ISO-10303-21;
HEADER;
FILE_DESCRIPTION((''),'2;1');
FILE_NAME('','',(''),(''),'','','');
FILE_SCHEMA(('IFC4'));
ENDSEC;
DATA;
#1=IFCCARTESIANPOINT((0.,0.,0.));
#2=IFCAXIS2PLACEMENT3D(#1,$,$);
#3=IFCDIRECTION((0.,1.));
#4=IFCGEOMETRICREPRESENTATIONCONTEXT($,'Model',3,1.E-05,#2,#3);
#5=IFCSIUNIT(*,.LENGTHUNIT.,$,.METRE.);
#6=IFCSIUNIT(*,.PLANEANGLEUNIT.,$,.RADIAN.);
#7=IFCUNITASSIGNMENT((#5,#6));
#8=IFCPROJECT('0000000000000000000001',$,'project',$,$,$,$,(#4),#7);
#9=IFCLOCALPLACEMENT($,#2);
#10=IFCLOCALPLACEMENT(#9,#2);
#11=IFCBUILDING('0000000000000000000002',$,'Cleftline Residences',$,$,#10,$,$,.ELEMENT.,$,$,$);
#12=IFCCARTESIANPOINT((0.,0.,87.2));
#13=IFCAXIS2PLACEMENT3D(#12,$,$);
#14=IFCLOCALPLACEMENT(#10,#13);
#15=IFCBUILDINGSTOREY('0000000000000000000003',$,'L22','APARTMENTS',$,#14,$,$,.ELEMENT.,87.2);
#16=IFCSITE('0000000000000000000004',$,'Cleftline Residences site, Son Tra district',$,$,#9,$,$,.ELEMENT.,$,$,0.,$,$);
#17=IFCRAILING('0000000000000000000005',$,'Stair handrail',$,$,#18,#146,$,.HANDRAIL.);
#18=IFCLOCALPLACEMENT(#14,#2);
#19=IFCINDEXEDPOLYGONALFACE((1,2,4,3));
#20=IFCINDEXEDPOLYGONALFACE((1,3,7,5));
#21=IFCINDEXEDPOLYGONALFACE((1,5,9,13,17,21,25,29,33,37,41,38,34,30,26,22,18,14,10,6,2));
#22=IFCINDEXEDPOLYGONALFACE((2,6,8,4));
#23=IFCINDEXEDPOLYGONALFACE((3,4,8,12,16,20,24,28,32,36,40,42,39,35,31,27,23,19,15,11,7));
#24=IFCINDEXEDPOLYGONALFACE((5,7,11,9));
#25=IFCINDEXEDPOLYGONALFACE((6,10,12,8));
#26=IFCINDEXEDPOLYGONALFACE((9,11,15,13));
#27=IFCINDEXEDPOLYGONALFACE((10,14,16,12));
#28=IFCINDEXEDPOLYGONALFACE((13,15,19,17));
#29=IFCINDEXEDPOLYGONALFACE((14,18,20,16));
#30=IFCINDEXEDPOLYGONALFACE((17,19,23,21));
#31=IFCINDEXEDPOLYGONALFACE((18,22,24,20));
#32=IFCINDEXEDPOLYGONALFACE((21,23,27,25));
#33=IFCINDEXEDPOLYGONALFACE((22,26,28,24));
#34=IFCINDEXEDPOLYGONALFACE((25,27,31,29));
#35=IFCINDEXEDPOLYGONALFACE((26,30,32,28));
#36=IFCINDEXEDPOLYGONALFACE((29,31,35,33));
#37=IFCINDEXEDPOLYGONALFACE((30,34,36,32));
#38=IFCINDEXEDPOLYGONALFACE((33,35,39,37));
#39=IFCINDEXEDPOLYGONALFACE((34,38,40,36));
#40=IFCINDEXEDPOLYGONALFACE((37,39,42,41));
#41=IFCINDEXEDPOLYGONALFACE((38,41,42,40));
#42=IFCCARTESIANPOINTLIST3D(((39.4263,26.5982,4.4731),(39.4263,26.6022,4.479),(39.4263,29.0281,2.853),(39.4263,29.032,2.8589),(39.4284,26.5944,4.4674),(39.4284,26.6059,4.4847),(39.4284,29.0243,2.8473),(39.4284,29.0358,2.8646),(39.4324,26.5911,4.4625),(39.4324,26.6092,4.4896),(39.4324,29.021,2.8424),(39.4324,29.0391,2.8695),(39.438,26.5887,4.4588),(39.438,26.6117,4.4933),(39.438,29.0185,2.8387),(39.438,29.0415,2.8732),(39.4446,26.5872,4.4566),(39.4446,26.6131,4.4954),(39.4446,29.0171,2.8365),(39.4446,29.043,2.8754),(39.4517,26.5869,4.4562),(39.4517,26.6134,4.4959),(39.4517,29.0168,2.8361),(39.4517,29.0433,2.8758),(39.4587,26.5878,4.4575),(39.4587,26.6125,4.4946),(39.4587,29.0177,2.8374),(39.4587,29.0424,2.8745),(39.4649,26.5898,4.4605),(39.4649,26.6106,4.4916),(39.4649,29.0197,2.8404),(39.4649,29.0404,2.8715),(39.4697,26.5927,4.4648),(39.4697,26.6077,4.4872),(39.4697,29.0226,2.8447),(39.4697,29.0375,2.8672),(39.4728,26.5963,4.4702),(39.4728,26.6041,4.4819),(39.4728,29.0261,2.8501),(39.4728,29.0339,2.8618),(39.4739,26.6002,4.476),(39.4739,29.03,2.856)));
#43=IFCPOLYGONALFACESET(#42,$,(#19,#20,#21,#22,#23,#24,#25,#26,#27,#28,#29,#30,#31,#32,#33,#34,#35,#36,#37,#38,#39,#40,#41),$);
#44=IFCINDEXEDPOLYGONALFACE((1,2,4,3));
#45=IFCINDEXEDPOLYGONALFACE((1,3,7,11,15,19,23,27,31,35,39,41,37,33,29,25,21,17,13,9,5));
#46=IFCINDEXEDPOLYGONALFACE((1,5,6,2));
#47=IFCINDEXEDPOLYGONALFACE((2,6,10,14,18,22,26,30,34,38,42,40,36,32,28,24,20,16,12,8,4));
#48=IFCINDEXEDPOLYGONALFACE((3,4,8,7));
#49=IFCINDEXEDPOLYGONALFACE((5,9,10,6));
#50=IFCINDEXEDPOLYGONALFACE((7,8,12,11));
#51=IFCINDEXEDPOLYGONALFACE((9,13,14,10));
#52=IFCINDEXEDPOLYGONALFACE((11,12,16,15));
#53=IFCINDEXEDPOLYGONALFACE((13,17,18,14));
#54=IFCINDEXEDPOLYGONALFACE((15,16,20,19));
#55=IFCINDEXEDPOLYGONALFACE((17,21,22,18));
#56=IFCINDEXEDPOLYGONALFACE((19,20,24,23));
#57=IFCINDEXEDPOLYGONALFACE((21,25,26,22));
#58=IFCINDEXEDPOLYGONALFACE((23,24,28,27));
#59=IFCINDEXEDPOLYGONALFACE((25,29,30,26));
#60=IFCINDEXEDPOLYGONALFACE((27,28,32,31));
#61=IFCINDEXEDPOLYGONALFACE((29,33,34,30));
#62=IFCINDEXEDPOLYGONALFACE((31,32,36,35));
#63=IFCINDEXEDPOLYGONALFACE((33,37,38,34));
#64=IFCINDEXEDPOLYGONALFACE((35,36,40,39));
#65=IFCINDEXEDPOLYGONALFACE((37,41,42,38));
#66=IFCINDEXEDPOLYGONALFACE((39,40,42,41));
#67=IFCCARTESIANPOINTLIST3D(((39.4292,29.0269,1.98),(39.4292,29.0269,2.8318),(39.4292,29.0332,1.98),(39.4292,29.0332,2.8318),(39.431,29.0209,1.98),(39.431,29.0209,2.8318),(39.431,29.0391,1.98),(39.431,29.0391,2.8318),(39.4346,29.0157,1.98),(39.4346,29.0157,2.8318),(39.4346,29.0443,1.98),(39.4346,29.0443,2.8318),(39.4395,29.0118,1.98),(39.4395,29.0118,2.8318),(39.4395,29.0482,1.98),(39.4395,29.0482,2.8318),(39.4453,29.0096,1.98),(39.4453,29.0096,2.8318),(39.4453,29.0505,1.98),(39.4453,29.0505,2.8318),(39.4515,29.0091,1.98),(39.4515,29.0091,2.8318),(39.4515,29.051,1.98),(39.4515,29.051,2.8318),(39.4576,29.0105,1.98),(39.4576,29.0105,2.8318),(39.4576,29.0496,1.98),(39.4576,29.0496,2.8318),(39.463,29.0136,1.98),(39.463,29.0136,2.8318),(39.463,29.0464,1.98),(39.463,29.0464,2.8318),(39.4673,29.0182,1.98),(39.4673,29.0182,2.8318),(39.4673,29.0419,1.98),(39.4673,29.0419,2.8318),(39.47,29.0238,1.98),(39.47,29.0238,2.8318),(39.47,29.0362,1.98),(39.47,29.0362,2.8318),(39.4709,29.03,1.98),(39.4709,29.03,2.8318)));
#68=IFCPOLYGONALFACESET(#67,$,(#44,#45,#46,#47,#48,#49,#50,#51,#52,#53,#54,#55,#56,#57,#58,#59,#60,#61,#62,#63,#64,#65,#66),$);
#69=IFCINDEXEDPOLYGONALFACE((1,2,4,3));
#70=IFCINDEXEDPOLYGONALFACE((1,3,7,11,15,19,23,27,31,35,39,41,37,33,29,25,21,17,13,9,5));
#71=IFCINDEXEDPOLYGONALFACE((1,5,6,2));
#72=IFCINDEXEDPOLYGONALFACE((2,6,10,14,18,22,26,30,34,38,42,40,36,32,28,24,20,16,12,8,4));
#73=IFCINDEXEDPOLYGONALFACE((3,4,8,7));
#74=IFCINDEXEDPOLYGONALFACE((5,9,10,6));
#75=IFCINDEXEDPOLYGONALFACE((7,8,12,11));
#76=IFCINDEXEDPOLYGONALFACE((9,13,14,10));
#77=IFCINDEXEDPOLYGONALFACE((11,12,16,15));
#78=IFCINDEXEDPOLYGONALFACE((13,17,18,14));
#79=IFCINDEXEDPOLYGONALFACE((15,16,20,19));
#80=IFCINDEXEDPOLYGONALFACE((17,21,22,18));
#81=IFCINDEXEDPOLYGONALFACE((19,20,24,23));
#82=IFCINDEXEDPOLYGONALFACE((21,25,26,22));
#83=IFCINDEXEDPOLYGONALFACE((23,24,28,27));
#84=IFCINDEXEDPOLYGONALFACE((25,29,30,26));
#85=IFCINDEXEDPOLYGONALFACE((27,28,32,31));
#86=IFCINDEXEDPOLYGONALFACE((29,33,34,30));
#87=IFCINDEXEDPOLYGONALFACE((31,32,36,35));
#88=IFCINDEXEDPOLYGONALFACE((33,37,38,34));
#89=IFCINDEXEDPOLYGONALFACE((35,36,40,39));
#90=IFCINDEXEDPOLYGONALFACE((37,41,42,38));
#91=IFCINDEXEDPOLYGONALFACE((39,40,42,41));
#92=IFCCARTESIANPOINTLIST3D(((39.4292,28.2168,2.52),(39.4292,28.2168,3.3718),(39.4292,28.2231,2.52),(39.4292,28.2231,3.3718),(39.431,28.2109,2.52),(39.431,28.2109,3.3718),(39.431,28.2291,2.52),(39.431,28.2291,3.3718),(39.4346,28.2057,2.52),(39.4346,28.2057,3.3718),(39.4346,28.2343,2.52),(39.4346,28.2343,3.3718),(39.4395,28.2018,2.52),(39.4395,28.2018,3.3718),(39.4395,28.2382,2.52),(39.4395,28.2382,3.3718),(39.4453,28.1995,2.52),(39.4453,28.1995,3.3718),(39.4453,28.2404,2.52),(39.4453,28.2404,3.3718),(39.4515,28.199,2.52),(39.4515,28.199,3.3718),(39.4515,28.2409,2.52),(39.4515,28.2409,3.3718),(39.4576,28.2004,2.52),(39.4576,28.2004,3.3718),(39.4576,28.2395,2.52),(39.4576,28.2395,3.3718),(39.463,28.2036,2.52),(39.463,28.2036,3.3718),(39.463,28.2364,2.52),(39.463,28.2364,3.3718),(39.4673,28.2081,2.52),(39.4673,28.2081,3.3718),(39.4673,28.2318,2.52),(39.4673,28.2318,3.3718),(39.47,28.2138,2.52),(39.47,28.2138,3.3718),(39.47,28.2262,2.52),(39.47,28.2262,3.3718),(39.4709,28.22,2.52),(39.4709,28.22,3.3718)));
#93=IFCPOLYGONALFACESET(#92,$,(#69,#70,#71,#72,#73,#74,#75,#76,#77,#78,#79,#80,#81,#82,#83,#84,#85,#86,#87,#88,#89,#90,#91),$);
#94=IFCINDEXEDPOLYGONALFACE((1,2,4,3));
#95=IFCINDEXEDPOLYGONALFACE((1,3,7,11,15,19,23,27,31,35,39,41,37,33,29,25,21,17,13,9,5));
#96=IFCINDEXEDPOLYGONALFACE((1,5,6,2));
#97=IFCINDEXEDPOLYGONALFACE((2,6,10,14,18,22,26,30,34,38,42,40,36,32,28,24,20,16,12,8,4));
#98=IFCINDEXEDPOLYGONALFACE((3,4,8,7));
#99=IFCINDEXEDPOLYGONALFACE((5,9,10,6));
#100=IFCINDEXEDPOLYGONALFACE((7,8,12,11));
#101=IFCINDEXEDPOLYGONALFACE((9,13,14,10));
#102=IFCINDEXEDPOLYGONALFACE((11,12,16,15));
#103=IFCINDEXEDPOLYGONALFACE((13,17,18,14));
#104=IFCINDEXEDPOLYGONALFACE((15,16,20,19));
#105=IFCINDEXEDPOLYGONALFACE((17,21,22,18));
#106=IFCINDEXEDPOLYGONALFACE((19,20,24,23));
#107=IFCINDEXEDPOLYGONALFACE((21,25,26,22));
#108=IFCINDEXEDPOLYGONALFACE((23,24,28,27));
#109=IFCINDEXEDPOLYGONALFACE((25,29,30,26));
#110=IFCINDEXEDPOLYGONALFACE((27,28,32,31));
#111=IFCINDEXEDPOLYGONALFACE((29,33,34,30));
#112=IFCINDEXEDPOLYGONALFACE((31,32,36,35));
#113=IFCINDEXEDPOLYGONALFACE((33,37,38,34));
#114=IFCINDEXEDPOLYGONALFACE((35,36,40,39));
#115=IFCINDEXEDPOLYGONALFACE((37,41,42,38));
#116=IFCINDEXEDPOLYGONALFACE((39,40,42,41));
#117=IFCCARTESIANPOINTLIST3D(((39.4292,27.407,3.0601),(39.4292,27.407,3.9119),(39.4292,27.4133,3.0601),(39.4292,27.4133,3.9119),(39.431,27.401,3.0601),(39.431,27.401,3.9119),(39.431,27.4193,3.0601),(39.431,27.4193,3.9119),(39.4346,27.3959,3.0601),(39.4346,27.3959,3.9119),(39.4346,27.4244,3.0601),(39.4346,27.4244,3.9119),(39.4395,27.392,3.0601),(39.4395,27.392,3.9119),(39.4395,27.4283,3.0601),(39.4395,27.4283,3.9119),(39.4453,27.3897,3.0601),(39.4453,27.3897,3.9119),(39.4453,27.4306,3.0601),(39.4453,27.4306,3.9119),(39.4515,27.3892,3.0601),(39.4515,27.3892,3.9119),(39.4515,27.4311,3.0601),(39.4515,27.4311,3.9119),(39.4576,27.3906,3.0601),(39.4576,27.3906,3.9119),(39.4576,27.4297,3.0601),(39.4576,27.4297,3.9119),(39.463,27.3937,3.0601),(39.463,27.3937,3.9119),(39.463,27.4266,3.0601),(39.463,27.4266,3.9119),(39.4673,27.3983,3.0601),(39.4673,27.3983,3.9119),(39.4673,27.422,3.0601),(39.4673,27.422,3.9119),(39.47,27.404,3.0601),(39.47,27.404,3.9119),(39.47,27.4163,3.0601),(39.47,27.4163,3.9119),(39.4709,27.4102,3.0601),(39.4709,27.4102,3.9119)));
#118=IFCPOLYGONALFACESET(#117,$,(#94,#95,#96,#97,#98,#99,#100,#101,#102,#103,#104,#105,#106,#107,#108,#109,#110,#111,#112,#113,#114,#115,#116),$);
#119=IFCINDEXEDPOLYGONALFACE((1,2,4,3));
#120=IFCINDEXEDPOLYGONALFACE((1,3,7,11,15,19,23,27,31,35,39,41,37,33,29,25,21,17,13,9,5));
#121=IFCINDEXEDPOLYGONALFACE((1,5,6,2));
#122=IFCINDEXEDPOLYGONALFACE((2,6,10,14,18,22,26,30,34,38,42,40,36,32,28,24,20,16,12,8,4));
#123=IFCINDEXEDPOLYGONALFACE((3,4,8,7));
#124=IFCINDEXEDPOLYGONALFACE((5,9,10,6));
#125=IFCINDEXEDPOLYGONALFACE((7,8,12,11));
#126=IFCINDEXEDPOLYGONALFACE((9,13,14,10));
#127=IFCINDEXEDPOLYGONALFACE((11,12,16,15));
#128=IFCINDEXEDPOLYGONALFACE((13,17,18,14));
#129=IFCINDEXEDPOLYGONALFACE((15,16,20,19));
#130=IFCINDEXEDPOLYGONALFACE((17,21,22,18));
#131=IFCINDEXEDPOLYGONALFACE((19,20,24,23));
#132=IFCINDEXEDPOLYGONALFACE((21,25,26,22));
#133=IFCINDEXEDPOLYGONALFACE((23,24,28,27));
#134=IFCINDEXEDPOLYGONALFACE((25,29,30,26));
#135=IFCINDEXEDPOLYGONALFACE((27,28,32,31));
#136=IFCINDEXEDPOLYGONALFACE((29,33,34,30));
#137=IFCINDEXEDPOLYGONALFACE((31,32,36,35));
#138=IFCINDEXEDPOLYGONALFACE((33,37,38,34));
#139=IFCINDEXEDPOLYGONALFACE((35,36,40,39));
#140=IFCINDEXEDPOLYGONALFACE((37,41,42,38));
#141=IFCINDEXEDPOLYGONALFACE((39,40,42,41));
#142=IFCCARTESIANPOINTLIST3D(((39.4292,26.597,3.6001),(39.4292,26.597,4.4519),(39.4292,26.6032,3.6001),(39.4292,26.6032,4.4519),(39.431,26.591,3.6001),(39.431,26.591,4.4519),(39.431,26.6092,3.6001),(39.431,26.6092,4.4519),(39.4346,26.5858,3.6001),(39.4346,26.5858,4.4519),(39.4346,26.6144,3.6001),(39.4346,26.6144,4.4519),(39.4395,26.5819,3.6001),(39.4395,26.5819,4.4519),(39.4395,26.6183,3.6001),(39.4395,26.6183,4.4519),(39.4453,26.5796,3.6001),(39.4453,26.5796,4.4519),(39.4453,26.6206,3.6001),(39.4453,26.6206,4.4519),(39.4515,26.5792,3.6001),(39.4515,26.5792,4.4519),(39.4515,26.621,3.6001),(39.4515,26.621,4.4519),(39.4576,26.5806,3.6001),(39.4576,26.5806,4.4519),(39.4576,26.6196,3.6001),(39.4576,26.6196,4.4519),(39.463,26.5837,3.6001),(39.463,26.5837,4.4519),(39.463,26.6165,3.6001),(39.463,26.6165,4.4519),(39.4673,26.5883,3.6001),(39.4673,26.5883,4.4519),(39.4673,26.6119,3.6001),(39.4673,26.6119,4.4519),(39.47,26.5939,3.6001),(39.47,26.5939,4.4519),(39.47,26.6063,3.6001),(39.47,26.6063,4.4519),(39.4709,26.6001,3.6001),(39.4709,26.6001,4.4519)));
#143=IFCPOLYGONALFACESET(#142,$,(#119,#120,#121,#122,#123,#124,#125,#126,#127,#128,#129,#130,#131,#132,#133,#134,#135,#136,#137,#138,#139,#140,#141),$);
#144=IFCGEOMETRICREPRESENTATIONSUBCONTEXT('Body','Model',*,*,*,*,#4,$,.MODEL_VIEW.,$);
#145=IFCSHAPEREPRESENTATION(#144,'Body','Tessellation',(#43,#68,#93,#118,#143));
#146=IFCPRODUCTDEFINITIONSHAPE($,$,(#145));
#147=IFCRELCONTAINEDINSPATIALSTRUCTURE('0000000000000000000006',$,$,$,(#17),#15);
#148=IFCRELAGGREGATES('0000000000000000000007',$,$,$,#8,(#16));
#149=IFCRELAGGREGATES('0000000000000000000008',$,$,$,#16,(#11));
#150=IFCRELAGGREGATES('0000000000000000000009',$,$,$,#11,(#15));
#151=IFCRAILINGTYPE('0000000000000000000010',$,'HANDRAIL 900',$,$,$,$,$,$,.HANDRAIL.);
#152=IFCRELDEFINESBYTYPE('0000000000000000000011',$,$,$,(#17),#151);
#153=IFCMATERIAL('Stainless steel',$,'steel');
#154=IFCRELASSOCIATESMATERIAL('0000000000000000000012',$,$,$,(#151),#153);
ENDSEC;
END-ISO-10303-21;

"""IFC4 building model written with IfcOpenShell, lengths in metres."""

from ifc_helpers import new_model, si_unit, direction, frame, origin, origin_2d, place, context, subcontext, project, spatial, circle, extrude, material, type_object, element, save


model = new_model("IFC4")

# Units and contexts
model_context = context("Model", 3, precision=1e-05, world=origin(), true_north=direction((0.0, 1.0)))
body_context = subcontext(model_context, "Body", "Model", "MODEL_VIEW")
ifc_project = project(units=[si_unit("LENGTHUNIT", "METRE"), si_unit("PLANEANGLEUNIT", "RADIAN")], contexts=[model_context])

# Site, building, storey
site_placement = place(None, origin())
site = spatial("IfcSite", under=ifc_project, at=site_placement, Name="Cleftline Residences site, Son Tra district", CompositionType="ELEMENT", RefElevation=0.0)
building_placement = place(site_placement, origin())
building = spatial("IfcBuilding", under=site, at=building_placement, Name="Cleftline Residences", CompositionType="ELEMENT")
storey_placement = place(building_placement, frame((0.0, 0.0, 87.2)))
storey = spatial("IfcBuildingStorey", under=building, at=storey_placement, Name="L22", Description="APARTMENTS", CompositionType="ELEMENT", Elevation=87.2)

# Railing
ifc_material_1 = material(Name="Stainless steel", Category="steel")
railing_type = type_object("IfcRailingType", Name="HANDRAIL 900", PredefinedType="HANDRAIL", material=ifc_material_1)
railing_1_placement = place(storey_placement, frame((39.45, 29.03, 1.98)))
element("IfcRailing", 1, at=railing_1_placement, inside=storey, type_object=railing_type, Name="Stair handrail", PredefinedType="HANDRAIL", context=body_context, shape_type="SweptSolid", body=[
    extrude(circle(Radius=0.0239, at=origin_2d()), frame((0.0, 0.0, 0.876), z_axis=(0.0, -0.832025, 0.554739), x_axis=(1.0, 0.0, 0.0)), (0.0, 0.0, 1.0), 2.9204),
    extrude(circle(Radius=0.021, at=origin_2d()), origin(), (0.0, 0.0, 1.0), 0.8518),
    extrude(circle(Radius=0.021, at=origin_2d()), frame((0.0, -0.8101, 0.54)), (0.0, 0.0, 1.0), 0.8518),
    extrude(circle(Radius=0.021, at=origin_2d()), frame((0.0, -1.6199, 1.0801)), (0.0, 0.0, 1.0), 0.8518),
    extrude(circle(Radius=0.021, at=origin_2d()), frame((0.0, -2.4299, 1.6201)), (0.0, 0.0, 1.0), 0.8518),
])

save(model, "model.ifc")
